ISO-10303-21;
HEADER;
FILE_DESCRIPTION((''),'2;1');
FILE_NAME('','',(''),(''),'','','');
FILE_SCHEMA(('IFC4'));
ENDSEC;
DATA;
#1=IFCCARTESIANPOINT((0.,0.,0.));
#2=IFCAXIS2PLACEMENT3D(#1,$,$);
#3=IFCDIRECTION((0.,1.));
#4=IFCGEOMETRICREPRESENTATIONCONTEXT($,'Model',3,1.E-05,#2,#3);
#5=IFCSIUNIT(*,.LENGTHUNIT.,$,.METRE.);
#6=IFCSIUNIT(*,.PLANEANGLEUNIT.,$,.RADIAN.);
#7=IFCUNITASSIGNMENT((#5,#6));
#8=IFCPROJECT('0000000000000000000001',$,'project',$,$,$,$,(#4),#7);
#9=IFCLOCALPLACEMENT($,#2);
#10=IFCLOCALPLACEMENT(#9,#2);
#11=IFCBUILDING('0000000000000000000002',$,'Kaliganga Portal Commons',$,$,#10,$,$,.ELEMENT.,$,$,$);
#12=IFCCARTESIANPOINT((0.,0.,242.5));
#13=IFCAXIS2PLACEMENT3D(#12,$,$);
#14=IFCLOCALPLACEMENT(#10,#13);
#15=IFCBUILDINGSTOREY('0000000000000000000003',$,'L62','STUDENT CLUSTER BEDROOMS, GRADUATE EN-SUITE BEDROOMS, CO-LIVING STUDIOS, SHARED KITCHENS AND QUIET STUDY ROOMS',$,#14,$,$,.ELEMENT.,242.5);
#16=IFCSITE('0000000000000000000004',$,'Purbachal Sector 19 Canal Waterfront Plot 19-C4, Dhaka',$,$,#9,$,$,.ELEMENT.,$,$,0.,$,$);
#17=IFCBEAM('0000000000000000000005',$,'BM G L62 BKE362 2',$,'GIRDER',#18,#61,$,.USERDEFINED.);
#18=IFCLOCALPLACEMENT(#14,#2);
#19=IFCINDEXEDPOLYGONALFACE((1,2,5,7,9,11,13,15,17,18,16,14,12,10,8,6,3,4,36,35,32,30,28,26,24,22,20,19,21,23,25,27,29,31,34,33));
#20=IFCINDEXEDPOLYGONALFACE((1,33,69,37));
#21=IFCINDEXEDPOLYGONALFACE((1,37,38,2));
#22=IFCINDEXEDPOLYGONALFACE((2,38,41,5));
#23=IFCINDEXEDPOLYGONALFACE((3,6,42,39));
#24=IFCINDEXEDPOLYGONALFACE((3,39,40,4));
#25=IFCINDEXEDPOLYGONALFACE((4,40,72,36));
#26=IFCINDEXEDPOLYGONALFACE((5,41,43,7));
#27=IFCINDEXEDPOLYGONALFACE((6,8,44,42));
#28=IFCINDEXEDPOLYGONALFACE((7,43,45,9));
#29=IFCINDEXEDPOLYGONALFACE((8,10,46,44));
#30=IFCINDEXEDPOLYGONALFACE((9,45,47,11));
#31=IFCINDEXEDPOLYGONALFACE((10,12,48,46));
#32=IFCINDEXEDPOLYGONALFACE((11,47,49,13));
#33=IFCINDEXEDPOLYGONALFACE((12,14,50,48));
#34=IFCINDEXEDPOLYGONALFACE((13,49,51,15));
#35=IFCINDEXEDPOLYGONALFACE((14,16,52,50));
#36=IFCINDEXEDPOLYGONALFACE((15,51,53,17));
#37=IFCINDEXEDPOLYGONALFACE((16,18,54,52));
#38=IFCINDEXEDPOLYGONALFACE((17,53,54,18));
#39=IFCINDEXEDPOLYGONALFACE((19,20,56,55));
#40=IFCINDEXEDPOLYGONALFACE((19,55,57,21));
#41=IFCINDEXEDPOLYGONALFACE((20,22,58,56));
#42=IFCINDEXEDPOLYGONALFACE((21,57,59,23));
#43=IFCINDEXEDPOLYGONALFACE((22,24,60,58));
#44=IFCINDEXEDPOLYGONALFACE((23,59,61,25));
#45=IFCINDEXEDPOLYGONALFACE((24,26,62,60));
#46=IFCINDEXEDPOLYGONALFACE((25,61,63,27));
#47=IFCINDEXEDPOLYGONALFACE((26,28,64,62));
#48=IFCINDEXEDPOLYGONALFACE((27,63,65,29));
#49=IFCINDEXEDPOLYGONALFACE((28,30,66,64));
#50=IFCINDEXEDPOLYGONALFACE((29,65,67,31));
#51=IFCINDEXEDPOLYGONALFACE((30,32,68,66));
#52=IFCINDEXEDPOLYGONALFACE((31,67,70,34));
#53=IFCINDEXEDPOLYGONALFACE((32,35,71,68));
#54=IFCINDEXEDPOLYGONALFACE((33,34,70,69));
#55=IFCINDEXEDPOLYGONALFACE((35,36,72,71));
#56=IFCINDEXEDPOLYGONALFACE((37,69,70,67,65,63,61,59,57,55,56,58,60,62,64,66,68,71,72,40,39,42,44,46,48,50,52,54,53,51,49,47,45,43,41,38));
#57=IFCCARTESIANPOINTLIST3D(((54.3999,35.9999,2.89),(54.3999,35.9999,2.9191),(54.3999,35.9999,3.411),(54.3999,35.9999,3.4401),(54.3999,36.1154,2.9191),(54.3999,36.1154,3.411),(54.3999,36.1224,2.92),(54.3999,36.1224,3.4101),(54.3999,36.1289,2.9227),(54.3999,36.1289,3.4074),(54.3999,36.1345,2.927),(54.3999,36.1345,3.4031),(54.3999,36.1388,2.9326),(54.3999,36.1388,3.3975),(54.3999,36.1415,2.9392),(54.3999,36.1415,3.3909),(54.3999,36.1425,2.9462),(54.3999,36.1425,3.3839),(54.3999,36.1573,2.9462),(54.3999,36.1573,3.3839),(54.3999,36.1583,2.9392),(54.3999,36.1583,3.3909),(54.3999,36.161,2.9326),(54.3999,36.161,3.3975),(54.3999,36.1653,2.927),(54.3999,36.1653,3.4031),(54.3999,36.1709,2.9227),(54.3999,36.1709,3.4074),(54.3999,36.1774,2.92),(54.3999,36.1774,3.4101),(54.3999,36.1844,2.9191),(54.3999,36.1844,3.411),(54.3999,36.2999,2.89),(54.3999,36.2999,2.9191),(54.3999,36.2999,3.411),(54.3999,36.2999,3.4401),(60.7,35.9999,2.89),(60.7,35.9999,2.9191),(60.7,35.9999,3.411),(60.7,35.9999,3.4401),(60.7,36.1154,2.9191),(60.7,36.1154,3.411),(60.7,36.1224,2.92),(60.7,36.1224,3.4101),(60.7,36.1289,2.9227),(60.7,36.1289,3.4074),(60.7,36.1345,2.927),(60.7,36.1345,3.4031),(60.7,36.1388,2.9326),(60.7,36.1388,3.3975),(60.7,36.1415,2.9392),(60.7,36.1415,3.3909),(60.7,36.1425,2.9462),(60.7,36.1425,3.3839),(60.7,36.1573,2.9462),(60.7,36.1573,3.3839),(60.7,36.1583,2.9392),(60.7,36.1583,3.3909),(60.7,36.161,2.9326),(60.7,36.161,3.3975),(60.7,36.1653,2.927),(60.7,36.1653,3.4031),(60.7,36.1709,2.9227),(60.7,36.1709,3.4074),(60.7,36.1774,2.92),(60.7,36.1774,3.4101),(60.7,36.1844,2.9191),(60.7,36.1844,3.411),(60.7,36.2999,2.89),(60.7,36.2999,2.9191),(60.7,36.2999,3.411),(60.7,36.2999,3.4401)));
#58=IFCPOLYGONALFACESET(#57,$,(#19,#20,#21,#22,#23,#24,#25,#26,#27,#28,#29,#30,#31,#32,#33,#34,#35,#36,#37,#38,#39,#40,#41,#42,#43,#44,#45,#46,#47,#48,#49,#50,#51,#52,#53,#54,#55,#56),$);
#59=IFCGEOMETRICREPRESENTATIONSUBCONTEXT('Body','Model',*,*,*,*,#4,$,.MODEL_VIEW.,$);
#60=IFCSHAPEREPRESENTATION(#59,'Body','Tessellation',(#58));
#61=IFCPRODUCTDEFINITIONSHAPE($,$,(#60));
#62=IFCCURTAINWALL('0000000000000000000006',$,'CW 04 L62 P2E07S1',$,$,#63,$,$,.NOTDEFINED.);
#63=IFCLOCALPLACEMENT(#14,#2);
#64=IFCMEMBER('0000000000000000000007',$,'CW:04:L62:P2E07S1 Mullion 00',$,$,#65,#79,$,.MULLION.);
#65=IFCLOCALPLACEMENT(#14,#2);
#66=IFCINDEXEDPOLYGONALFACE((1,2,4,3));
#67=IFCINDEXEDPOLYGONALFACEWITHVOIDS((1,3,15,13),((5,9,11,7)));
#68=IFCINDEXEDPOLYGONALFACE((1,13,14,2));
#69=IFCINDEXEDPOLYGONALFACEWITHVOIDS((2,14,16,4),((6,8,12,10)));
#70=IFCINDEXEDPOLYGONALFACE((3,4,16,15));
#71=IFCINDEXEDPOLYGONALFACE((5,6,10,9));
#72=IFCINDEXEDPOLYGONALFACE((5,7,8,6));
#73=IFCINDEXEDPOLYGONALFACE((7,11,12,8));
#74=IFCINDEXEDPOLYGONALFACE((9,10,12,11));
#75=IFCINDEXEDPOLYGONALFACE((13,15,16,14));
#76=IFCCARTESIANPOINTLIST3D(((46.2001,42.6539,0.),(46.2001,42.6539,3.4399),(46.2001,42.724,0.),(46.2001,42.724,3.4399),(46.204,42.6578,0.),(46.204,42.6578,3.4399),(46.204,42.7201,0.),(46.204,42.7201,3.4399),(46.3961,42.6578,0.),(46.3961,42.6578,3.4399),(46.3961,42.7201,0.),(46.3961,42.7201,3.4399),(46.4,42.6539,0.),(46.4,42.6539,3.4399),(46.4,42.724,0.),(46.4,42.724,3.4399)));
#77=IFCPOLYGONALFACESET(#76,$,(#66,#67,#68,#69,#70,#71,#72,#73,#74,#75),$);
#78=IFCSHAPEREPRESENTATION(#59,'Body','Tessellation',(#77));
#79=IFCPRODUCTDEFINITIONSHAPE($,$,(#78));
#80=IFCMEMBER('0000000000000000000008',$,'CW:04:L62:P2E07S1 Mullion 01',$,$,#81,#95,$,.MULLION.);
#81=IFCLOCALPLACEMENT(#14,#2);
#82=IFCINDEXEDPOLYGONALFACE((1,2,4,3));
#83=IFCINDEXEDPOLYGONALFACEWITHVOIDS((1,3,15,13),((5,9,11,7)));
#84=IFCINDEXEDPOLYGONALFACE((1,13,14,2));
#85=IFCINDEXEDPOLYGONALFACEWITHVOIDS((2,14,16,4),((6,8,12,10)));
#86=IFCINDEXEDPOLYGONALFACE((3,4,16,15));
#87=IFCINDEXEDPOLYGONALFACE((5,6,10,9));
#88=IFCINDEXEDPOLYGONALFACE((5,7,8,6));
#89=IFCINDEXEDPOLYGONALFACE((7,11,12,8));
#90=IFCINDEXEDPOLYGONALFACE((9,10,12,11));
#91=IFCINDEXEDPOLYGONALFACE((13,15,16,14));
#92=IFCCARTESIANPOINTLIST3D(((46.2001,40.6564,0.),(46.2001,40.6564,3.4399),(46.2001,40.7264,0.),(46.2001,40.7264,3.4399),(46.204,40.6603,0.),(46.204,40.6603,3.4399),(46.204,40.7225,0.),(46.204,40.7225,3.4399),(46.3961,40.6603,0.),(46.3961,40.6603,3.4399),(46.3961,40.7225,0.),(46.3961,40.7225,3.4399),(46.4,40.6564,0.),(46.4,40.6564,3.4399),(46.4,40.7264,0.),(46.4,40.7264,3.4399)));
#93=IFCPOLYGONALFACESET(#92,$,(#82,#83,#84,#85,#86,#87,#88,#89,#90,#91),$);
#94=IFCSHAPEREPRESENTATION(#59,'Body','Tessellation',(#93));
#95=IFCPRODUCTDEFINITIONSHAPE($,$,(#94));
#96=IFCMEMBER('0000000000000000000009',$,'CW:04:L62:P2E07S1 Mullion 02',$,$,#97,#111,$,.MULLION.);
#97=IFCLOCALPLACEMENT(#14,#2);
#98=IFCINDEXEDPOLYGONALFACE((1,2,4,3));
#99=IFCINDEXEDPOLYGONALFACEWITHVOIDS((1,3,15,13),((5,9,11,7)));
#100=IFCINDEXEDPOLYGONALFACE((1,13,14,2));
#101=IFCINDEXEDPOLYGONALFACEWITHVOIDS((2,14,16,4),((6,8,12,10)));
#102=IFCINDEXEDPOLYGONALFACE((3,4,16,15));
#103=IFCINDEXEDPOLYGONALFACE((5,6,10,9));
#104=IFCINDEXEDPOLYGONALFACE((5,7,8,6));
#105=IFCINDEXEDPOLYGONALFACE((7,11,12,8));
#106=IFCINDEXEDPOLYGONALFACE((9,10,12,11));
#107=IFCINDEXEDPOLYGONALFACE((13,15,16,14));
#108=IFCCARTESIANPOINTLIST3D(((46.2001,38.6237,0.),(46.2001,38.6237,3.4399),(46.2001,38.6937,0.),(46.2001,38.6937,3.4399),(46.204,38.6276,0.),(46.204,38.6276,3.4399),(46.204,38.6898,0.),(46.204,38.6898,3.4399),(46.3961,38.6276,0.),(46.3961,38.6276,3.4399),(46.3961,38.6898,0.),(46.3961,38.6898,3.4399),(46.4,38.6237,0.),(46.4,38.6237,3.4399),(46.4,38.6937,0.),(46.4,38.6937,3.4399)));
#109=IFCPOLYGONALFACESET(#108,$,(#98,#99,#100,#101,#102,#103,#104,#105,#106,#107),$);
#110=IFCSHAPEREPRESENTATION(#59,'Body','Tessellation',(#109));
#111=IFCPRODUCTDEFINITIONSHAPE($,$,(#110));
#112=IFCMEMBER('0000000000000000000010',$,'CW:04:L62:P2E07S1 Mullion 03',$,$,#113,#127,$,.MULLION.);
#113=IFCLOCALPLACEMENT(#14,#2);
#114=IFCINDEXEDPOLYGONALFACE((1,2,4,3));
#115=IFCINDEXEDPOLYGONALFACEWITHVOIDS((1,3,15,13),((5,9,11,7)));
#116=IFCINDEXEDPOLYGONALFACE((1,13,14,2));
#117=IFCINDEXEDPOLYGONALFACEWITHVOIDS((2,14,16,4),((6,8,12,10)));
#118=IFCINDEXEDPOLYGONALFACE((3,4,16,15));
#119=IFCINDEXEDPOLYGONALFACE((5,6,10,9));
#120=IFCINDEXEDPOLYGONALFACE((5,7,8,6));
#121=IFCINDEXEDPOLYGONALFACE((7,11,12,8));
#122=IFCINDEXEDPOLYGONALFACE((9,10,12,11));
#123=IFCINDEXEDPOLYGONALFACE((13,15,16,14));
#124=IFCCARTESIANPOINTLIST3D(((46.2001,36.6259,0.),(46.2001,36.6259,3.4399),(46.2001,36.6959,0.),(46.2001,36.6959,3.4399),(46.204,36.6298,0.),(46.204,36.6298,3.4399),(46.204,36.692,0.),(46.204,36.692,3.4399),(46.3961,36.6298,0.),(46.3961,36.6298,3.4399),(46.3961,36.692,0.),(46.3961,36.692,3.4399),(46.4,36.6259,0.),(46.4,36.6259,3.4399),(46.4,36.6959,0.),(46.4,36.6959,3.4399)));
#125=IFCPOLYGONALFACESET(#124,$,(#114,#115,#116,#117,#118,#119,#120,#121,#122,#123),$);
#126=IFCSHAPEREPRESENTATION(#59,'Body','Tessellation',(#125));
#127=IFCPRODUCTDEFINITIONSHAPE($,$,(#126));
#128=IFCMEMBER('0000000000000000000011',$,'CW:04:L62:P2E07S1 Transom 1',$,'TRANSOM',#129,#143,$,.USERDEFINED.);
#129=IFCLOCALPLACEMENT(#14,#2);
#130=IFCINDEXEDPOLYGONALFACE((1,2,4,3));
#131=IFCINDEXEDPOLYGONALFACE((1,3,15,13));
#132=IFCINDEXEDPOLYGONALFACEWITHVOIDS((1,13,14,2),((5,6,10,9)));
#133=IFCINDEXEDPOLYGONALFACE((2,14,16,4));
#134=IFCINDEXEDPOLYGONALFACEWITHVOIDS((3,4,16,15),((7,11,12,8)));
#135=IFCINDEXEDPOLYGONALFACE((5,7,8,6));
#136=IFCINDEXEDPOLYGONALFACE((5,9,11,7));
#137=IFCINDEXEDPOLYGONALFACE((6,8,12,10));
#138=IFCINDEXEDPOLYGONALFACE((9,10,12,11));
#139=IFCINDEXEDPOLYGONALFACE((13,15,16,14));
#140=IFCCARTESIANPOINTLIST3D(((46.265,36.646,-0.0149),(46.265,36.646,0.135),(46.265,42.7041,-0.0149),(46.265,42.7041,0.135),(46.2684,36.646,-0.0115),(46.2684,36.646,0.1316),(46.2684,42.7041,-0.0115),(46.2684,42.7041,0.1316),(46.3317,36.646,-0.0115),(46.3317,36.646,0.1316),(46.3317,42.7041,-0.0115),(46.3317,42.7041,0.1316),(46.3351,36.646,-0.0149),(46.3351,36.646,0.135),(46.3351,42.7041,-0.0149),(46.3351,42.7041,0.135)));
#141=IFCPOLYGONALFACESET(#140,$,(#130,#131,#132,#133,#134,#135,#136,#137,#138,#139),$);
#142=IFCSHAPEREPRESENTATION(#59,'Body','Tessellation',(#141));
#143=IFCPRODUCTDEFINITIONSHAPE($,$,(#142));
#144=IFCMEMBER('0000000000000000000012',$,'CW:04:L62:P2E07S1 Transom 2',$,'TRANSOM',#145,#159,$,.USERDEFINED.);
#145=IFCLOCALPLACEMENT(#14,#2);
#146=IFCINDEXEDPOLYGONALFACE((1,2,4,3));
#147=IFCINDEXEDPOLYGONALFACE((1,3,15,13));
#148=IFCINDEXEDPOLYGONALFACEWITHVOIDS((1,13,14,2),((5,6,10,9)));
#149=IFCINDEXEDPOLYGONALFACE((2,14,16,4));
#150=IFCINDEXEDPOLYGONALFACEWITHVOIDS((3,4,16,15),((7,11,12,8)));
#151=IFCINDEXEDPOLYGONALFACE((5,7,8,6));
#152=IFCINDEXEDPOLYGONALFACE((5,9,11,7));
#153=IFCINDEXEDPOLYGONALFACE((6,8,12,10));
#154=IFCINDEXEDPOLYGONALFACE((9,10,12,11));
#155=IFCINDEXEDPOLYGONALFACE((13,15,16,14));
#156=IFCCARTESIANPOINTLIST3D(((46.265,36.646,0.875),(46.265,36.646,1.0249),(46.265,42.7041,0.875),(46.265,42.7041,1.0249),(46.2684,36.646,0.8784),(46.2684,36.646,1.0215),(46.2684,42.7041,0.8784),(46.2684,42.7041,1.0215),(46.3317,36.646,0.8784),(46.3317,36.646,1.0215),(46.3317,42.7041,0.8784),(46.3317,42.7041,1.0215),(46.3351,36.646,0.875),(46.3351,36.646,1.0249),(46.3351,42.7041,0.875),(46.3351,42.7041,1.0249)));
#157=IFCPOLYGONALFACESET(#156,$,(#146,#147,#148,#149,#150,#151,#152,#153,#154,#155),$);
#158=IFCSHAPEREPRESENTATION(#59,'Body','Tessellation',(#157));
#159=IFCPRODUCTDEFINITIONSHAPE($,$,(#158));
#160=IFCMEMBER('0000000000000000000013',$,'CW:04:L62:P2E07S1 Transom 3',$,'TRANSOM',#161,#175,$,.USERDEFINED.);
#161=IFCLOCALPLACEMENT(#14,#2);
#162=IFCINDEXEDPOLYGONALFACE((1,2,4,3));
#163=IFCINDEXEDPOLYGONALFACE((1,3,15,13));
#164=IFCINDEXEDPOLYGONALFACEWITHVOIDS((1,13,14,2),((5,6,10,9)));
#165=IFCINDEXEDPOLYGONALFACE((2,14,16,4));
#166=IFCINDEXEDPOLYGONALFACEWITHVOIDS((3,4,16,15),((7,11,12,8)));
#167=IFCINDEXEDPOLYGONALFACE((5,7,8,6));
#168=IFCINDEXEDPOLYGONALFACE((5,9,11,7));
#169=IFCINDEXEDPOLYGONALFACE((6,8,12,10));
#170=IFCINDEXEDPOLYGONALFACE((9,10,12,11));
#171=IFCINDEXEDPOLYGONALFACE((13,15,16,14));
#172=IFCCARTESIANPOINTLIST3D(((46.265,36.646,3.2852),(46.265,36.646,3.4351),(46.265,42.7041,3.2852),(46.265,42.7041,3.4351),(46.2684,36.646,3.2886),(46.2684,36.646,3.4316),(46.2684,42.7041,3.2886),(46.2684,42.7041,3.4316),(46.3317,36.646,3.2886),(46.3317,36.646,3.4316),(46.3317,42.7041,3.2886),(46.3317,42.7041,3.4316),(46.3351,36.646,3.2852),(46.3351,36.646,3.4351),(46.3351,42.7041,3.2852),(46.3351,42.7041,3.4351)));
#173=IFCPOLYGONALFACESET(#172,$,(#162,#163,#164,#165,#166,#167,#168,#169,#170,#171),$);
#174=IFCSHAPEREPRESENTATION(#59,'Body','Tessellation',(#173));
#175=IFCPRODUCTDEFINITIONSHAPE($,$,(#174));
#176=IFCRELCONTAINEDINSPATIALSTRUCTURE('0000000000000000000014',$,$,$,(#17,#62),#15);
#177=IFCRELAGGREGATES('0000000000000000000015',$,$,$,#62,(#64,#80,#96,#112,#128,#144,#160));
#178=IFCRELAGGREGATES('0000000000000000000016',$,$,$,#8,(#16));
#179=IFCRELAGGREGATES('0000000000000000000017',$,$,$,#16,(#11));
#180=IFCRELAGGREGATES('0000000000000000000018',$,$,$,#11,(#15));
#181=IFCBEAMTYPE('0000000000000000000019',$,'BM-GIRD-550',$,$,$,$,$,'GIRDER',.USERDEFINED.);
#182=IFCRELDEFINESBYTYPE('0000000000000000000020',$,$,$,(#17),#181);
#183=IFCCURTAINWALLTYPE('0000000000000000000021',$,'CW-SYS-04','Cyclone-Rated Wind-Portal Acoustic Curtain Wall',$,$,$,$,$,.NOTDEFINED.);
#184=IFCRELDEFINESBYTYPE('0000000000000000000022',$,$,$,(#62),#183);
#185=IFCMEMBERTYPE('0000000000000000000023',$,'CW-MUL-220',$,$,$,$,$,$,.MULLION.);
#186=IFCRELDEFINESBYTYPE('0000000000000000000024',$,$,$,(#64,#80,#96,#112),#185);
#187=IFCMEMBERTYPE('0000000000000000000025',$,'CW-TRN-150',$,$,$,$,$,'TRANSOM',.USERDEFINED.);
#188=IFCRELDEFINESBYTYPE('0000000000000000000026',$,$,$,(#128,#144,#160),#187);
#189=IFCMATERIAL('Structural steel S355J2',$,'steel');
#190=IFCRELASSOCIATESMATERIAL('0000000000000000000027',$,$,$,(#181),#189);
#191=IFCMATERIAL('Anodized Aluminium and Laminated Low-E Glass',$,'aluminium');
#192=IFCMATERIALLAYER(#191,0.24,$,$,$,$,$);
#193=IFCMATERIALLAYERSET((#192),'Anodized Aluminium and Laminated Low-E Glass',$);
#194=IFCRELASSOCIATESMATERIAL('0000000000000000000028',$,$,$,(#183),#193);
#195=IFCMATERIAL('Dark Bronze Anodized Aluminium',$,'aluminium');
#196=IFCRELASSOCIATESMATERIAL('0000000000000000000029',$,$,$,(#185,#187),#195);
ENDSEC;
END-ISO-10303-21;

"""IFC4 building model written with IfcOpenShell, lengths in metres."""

from ifc_helpers import new_model, si_unit, direction, frame, origin, origin_2d, place, context, subcontext, project, spatial, hollow_rectangle, i_section, extrude, source, transform, mapped, material, layer, layer_set, material_profile, profile_set, type_object, element, aggregate, save


model = new_model("IFC4")

# Units and contexts
model_context = context("Model", 3, precision=1e-05, world=origin(), true_north=direction((0.0, 1.0)))
body_context = subcontext(model_context, "Body", "Model", "MODEL_VIEW")
ifc_project = project(units=[si_unit("LENGTHUNIT", "METRE"), si_unit("PLANEANGLEUNIT", "RADIAN")], contexts=[model_context])

# Site, building, storey
site_placement = place(None, origin())
site = spatial("IfcSite", under=ifc_project, at=site_placement, Name="Purbachal Sector 19 Canal Waterfront Plot 19-C4, Dhaka", CompositionType="ELEMENT", RefElevation=0.0)
building_placement = place(site_placement, origin())
building = spatial("IfcBuilding", under=site, at=building_placement, Name="Kaliganga Portal Commons", CompositionType="ELEMENT")
storey_placement = place(building_placement, frame((0.0, 0.0, 242.5)))
storey = spatial("IfcBuildingStorey", under=building, at=storey_placement, Name="L62", Description="STUDENT CLUSTER BEDROOMS, GRADUATE EN-SUITE BEDROOMS, CO-LIVING STUDIOS, SHARED KITCHENS AND QUIET STUDY ROOMS", CompositionType="ELEMENT", Elevation=242.5)

# Shared definitions
ifc_material_1 = material(Name="Structural steel S355J2", Category="steel")

# Beam
ifc_material_profile_1 = material_profile(ifc_material_1, i_section(OverallWidth=0.3, OverallDepth=0.55, WebThickness=0.0149, FlangeThickness=0.0291, FilletRadius=0.0271, at=origin_2d()), Name="HE 550 B")
ifc_profile_set_1 = profile_set([ifc_material_profile_1], Name="Structural steel S355J2 wide-flange")
beam_type = type_object("IfcBeamType", Name="BM-GIRD-550", ElementType="GIRDER", PredefinedType="USERDEFINED", material=ifc_profile_set_1)
shared_shape_1 = source(origin(), body_context, "Body", "SweptSolid", [
    extrude(i_section(OverallWidth=0.3, OverallDepth=0.55, WebThickness=0.0149, FlangeThickness=0.0291, FilletRadius=0.0271, at=origin_2d()), origin(), (0.0, 0.0, 1.0), 6.3),
])
beam_1_placement = place(storey_placement, frame((54.3999, 36.1499, 3.165), z_axis=(1.0, 0.0, 0.0), x_axis=(0.0, 1.0, 0.0)))
element("IfcBeam", 1, at=beam_1_placement, inside=storey, type_object=beam_type, Name="BM G L62 BKE362 2", ObjectType="GIRDER", PredefinedType="USERDEFINED", context=body_context, shape_type="MappedRepresentation", body=[
    mapped(shared_shape_1, transform((0.0, 0.0, 0.0), x_axis=(1.0, 0.0, 0.0), y_axis=(0.0, 1.0, 0.0), z_axis=(0.0, 0.0, 1.0), scale=1.0)),
])

# Curtain wall, members
ifc_material_2 = material(Name="Anodized Aluminium and Laminated Low-E Glass", Category="aluminium")
ifc_layer_1 = layer(ifc_material_2, 0.24)
ifc_layer_set_1 = layer_set([ifc_layer_1], Name="Anodized Aluminium and Laminated Low-E Glass")
curtain_wall_type = type_object("IfcCurtainWallType", Name="CW-SYS-04", Description="Cyclone-Rated Wind-Portal Acoustic Curtain Wall", PredefinedType="NOTDEFINED", material=ifc_layer_set_1)
curtain_wall_placement = place(storey_placement, origin())
curtain_wall = element("IfcCurtainWall", 2, at=curtain_wall_placement, inside=storey, type_object=curtain_wall_type, Name="CW 04 L62 P2E07S1", PredefinedType="NOTDEFINED")
ifc_material_3 = material(Name="Dark Bronze Anodized Aluminium", Category="aluminium")
ifc_material_profile_2 = material_profile(ifc_material_3, hollow_rectangle(XDim=0.0701, YDim=0.2, WallThickness=0.0039, at=origin_2d()), Name="ALU MULL 70x200x4")
ifc_profile_set_2 = profile_set([ifc_material_profile_2], Name="Dark Bronze Anodized Aluminium")
member_type_1 = type_object("IfcMemberType", Name="CW-MUL-220", PredefinedType="MULLION", material=ifc_profile_set_2)
shared_shape_2 = source(origin(), body_context, "Body", "SweptSolid", [
    extrude(hollow_rectangle(XDim=0.0701, YDim=0.2, WallThickness=0.0039, at=origin_2d()), origin(), (0.0, 0.0, 1.0), 3.4399),
])
member_1_placement = place(storey_placement, frame((46.3, 42.689, 0.0), z_axis=(0.0, 0.0, 1.0), x_axis=(0.0, -1.0, 0.0)))
member_1 = element("IfcMember", 3, at=member_1_placement, type_object=member_type_1, Name="CW:04:L62:P2E07S1 Mullion 00", PredefinedType="MULLION", context=body_context, shape_type="MappedRepresentation", body=[
    mapped(shared_shape_2, transform((0.0, 0.0, 0.0), x_axis=(1.0, 0.0, 0.0), y_axis=(0.0, 1.0, 0.0), z_axis=(0.0, 0.0, 1.0), scale=1.0)),
])
member_2_placement = place(storey_placement, frame((46.3, 40.6914, 0.0), z_axis=(0.0, 0.0, 1.0), x_axis=(0.0, -1.0, 0.0)))
member_2 = element("IfcMember", 4, at=member_2_placement, type_object=member_type_1, Name="CW:04:L62:P2E07S1 Mullion 01", PredefinedType="MULLION", context=body_context, shape_type="MappedRepresentation", body=[
    mapped(shared_shape_2, transform((0.0, 0.0, 0.0), x_axis=(1.0, 0.0, 0.0), y_axis=(0.0, 1.0, 0.0), z_axis=(0.0, 0.0, 1.0), scale=1.0)),
])
member_3_placement = place(storey_placement, frame((46.3, 38.6587, 0.0), z_axis=(0.0, 0.0, 1.0), x_axis=(0.0, -1.0, 0.0)))
member_3 = element("IfcMember", 5, at=member_3_placement, type_object=member_type_1, Name="CW:04:L62:P2E07S1 Mullion 02", PredefinedType="MULLION", context=body_context, shape_type="MappedRepresentation", body=[
    mapped(shared_shape_2, transform((0.0, 0.0, 0.0), x_axis=(1.0, 0.0, 0.0), y_axis=(0.0, 1.0, 0.0), z_axis=(0.0, 0.0, 1.0), scale=1.0)),
])
member_4_placement = place(storey_placement, frame((46.3, 36.6609, 0.0), z_axis=(0.0, 0.0, 1.0), x_axis=(0.0, -1.0, 0.0)))
member_4 = element("IfcMember", 6, at=member_4_placement, type_object=member_type_1, Name="CW:04:L62:P2E07S1 Mullion 03", PredefinedType="MULLION", context=body_context, shape_type="MappedRepresentation", body=[
    mapped(shared_shape_2, transform((0.0, 0.0, 0.0), x_axis=(1.0, 0.0, 0.0), y_axis=(0.0, 1.0, 0.0), z_axis=(0.0, 0.0, 1.0), scale=1.0)),
])
ifc_material_profile_3 = material_profile(ifc_material_3, hollow_rectangle(XDim=0.0701, YDim=0.1499, WallThickness=0.0034, at=origin_2d()), Name="ALU TRAN 70x150x3.5")
ifc_profile_set_3 = profile_set([ifc_material_profile_3], Name="Dark Bronze Anodized Aluminium")
member_type_2 = type_object("IfcMemberType", Name="CW-TRN-150", ElementType="TRANSOM", PredefinedType="USERDEFINED", material=ifc_profile_set_3)
shared_shape_3 = source(origin(), body_context, "Body", "SweptSolid", [
    extrude(hollow_rectangle(XDim=0.0701, YDim=0.1499, WallThickness=0.0034, at=origin_2d()), origin(), (0.0, 0.0, 1.0), 6.0581),
])
member_5_placement = place(storey_placement, frame((46.3, 42.7041, 0.0601), z_axis=(0.0, -1.0, 0.0), x_axis=(1.0, 0.0, 0.0)))
member_5 = element("IfcMember", 7, at=member_5_placement, type_object=member_type_2, Name="CW:04:L62:P2E07S1 Transom 1", ObjectType="TRANSOM", PredefinedType="USERDEFINED", context=body_context, shape_type="MappedRepresentation", body=[
    mapped(shared_shape_3, transform((0.0, 0.0, 0.0), x_axis=(1.0, 0.0, 0.0), y_axis=(0.0, 1.0, 0.0), z_axis=(0.0, 0.0, 1.0), scale=1.0)),
])
member_6_placement = place(storey_placement, frame((46.3, 42.7041, 0.95), z_axis=(0.0, -1.0, 0.0), x_axis=(1.0, 0.0, 0.0)))
member_6 = element("IfcMember", 8, at=member_6_placement, type_object=member_type_2, Name="CW:04:L62:P2E07S1 Transom 2", ObjectType="TRANSOM", PredefinedType="USERDEFINED", context=body_context, shape_type="MappedRepresentation", body=[
    mapped(shared_shape_3, transform((0.0, 0.0, 0.0), x_axis=(1.0, 0.0, 0.0), y_axis=(0.0, 1.0, 0.0), z_axis=(0.0, 0.0, 1.0), scale=1.0)),
])
member_7_placement = place(storey_placement, frame((46.3, 42.7041, 3.3601), z_axis=(0.0, -1.0, 0.0), x_axis=(1.0, 0.0, 0.0)))
member_7 = element("IfcMember", 9, at=member_7_placement, type_object=member_type_2, Name="CW:04:L62:P2E07S1 Transom 3", ObjectType="TRANSOM", PredefinedType="USERDEFINED", context=body_context, shape_type="MappedRepresentation", body=[
    mapped(shared_shape_3, transform((0.0, 0.0, 0.0), x_axis=(1.0, 0.0, 0.0), y_axis=(0.0, 1.0, 0.0), z_axis=(0.0, 0.0, 1.0), scale=1.0)),
])
aggregate(curtain_wall, [member_1, member_2, member_3, member_4, member_5, member_6, member_7])

save(model, "model.ifc")
